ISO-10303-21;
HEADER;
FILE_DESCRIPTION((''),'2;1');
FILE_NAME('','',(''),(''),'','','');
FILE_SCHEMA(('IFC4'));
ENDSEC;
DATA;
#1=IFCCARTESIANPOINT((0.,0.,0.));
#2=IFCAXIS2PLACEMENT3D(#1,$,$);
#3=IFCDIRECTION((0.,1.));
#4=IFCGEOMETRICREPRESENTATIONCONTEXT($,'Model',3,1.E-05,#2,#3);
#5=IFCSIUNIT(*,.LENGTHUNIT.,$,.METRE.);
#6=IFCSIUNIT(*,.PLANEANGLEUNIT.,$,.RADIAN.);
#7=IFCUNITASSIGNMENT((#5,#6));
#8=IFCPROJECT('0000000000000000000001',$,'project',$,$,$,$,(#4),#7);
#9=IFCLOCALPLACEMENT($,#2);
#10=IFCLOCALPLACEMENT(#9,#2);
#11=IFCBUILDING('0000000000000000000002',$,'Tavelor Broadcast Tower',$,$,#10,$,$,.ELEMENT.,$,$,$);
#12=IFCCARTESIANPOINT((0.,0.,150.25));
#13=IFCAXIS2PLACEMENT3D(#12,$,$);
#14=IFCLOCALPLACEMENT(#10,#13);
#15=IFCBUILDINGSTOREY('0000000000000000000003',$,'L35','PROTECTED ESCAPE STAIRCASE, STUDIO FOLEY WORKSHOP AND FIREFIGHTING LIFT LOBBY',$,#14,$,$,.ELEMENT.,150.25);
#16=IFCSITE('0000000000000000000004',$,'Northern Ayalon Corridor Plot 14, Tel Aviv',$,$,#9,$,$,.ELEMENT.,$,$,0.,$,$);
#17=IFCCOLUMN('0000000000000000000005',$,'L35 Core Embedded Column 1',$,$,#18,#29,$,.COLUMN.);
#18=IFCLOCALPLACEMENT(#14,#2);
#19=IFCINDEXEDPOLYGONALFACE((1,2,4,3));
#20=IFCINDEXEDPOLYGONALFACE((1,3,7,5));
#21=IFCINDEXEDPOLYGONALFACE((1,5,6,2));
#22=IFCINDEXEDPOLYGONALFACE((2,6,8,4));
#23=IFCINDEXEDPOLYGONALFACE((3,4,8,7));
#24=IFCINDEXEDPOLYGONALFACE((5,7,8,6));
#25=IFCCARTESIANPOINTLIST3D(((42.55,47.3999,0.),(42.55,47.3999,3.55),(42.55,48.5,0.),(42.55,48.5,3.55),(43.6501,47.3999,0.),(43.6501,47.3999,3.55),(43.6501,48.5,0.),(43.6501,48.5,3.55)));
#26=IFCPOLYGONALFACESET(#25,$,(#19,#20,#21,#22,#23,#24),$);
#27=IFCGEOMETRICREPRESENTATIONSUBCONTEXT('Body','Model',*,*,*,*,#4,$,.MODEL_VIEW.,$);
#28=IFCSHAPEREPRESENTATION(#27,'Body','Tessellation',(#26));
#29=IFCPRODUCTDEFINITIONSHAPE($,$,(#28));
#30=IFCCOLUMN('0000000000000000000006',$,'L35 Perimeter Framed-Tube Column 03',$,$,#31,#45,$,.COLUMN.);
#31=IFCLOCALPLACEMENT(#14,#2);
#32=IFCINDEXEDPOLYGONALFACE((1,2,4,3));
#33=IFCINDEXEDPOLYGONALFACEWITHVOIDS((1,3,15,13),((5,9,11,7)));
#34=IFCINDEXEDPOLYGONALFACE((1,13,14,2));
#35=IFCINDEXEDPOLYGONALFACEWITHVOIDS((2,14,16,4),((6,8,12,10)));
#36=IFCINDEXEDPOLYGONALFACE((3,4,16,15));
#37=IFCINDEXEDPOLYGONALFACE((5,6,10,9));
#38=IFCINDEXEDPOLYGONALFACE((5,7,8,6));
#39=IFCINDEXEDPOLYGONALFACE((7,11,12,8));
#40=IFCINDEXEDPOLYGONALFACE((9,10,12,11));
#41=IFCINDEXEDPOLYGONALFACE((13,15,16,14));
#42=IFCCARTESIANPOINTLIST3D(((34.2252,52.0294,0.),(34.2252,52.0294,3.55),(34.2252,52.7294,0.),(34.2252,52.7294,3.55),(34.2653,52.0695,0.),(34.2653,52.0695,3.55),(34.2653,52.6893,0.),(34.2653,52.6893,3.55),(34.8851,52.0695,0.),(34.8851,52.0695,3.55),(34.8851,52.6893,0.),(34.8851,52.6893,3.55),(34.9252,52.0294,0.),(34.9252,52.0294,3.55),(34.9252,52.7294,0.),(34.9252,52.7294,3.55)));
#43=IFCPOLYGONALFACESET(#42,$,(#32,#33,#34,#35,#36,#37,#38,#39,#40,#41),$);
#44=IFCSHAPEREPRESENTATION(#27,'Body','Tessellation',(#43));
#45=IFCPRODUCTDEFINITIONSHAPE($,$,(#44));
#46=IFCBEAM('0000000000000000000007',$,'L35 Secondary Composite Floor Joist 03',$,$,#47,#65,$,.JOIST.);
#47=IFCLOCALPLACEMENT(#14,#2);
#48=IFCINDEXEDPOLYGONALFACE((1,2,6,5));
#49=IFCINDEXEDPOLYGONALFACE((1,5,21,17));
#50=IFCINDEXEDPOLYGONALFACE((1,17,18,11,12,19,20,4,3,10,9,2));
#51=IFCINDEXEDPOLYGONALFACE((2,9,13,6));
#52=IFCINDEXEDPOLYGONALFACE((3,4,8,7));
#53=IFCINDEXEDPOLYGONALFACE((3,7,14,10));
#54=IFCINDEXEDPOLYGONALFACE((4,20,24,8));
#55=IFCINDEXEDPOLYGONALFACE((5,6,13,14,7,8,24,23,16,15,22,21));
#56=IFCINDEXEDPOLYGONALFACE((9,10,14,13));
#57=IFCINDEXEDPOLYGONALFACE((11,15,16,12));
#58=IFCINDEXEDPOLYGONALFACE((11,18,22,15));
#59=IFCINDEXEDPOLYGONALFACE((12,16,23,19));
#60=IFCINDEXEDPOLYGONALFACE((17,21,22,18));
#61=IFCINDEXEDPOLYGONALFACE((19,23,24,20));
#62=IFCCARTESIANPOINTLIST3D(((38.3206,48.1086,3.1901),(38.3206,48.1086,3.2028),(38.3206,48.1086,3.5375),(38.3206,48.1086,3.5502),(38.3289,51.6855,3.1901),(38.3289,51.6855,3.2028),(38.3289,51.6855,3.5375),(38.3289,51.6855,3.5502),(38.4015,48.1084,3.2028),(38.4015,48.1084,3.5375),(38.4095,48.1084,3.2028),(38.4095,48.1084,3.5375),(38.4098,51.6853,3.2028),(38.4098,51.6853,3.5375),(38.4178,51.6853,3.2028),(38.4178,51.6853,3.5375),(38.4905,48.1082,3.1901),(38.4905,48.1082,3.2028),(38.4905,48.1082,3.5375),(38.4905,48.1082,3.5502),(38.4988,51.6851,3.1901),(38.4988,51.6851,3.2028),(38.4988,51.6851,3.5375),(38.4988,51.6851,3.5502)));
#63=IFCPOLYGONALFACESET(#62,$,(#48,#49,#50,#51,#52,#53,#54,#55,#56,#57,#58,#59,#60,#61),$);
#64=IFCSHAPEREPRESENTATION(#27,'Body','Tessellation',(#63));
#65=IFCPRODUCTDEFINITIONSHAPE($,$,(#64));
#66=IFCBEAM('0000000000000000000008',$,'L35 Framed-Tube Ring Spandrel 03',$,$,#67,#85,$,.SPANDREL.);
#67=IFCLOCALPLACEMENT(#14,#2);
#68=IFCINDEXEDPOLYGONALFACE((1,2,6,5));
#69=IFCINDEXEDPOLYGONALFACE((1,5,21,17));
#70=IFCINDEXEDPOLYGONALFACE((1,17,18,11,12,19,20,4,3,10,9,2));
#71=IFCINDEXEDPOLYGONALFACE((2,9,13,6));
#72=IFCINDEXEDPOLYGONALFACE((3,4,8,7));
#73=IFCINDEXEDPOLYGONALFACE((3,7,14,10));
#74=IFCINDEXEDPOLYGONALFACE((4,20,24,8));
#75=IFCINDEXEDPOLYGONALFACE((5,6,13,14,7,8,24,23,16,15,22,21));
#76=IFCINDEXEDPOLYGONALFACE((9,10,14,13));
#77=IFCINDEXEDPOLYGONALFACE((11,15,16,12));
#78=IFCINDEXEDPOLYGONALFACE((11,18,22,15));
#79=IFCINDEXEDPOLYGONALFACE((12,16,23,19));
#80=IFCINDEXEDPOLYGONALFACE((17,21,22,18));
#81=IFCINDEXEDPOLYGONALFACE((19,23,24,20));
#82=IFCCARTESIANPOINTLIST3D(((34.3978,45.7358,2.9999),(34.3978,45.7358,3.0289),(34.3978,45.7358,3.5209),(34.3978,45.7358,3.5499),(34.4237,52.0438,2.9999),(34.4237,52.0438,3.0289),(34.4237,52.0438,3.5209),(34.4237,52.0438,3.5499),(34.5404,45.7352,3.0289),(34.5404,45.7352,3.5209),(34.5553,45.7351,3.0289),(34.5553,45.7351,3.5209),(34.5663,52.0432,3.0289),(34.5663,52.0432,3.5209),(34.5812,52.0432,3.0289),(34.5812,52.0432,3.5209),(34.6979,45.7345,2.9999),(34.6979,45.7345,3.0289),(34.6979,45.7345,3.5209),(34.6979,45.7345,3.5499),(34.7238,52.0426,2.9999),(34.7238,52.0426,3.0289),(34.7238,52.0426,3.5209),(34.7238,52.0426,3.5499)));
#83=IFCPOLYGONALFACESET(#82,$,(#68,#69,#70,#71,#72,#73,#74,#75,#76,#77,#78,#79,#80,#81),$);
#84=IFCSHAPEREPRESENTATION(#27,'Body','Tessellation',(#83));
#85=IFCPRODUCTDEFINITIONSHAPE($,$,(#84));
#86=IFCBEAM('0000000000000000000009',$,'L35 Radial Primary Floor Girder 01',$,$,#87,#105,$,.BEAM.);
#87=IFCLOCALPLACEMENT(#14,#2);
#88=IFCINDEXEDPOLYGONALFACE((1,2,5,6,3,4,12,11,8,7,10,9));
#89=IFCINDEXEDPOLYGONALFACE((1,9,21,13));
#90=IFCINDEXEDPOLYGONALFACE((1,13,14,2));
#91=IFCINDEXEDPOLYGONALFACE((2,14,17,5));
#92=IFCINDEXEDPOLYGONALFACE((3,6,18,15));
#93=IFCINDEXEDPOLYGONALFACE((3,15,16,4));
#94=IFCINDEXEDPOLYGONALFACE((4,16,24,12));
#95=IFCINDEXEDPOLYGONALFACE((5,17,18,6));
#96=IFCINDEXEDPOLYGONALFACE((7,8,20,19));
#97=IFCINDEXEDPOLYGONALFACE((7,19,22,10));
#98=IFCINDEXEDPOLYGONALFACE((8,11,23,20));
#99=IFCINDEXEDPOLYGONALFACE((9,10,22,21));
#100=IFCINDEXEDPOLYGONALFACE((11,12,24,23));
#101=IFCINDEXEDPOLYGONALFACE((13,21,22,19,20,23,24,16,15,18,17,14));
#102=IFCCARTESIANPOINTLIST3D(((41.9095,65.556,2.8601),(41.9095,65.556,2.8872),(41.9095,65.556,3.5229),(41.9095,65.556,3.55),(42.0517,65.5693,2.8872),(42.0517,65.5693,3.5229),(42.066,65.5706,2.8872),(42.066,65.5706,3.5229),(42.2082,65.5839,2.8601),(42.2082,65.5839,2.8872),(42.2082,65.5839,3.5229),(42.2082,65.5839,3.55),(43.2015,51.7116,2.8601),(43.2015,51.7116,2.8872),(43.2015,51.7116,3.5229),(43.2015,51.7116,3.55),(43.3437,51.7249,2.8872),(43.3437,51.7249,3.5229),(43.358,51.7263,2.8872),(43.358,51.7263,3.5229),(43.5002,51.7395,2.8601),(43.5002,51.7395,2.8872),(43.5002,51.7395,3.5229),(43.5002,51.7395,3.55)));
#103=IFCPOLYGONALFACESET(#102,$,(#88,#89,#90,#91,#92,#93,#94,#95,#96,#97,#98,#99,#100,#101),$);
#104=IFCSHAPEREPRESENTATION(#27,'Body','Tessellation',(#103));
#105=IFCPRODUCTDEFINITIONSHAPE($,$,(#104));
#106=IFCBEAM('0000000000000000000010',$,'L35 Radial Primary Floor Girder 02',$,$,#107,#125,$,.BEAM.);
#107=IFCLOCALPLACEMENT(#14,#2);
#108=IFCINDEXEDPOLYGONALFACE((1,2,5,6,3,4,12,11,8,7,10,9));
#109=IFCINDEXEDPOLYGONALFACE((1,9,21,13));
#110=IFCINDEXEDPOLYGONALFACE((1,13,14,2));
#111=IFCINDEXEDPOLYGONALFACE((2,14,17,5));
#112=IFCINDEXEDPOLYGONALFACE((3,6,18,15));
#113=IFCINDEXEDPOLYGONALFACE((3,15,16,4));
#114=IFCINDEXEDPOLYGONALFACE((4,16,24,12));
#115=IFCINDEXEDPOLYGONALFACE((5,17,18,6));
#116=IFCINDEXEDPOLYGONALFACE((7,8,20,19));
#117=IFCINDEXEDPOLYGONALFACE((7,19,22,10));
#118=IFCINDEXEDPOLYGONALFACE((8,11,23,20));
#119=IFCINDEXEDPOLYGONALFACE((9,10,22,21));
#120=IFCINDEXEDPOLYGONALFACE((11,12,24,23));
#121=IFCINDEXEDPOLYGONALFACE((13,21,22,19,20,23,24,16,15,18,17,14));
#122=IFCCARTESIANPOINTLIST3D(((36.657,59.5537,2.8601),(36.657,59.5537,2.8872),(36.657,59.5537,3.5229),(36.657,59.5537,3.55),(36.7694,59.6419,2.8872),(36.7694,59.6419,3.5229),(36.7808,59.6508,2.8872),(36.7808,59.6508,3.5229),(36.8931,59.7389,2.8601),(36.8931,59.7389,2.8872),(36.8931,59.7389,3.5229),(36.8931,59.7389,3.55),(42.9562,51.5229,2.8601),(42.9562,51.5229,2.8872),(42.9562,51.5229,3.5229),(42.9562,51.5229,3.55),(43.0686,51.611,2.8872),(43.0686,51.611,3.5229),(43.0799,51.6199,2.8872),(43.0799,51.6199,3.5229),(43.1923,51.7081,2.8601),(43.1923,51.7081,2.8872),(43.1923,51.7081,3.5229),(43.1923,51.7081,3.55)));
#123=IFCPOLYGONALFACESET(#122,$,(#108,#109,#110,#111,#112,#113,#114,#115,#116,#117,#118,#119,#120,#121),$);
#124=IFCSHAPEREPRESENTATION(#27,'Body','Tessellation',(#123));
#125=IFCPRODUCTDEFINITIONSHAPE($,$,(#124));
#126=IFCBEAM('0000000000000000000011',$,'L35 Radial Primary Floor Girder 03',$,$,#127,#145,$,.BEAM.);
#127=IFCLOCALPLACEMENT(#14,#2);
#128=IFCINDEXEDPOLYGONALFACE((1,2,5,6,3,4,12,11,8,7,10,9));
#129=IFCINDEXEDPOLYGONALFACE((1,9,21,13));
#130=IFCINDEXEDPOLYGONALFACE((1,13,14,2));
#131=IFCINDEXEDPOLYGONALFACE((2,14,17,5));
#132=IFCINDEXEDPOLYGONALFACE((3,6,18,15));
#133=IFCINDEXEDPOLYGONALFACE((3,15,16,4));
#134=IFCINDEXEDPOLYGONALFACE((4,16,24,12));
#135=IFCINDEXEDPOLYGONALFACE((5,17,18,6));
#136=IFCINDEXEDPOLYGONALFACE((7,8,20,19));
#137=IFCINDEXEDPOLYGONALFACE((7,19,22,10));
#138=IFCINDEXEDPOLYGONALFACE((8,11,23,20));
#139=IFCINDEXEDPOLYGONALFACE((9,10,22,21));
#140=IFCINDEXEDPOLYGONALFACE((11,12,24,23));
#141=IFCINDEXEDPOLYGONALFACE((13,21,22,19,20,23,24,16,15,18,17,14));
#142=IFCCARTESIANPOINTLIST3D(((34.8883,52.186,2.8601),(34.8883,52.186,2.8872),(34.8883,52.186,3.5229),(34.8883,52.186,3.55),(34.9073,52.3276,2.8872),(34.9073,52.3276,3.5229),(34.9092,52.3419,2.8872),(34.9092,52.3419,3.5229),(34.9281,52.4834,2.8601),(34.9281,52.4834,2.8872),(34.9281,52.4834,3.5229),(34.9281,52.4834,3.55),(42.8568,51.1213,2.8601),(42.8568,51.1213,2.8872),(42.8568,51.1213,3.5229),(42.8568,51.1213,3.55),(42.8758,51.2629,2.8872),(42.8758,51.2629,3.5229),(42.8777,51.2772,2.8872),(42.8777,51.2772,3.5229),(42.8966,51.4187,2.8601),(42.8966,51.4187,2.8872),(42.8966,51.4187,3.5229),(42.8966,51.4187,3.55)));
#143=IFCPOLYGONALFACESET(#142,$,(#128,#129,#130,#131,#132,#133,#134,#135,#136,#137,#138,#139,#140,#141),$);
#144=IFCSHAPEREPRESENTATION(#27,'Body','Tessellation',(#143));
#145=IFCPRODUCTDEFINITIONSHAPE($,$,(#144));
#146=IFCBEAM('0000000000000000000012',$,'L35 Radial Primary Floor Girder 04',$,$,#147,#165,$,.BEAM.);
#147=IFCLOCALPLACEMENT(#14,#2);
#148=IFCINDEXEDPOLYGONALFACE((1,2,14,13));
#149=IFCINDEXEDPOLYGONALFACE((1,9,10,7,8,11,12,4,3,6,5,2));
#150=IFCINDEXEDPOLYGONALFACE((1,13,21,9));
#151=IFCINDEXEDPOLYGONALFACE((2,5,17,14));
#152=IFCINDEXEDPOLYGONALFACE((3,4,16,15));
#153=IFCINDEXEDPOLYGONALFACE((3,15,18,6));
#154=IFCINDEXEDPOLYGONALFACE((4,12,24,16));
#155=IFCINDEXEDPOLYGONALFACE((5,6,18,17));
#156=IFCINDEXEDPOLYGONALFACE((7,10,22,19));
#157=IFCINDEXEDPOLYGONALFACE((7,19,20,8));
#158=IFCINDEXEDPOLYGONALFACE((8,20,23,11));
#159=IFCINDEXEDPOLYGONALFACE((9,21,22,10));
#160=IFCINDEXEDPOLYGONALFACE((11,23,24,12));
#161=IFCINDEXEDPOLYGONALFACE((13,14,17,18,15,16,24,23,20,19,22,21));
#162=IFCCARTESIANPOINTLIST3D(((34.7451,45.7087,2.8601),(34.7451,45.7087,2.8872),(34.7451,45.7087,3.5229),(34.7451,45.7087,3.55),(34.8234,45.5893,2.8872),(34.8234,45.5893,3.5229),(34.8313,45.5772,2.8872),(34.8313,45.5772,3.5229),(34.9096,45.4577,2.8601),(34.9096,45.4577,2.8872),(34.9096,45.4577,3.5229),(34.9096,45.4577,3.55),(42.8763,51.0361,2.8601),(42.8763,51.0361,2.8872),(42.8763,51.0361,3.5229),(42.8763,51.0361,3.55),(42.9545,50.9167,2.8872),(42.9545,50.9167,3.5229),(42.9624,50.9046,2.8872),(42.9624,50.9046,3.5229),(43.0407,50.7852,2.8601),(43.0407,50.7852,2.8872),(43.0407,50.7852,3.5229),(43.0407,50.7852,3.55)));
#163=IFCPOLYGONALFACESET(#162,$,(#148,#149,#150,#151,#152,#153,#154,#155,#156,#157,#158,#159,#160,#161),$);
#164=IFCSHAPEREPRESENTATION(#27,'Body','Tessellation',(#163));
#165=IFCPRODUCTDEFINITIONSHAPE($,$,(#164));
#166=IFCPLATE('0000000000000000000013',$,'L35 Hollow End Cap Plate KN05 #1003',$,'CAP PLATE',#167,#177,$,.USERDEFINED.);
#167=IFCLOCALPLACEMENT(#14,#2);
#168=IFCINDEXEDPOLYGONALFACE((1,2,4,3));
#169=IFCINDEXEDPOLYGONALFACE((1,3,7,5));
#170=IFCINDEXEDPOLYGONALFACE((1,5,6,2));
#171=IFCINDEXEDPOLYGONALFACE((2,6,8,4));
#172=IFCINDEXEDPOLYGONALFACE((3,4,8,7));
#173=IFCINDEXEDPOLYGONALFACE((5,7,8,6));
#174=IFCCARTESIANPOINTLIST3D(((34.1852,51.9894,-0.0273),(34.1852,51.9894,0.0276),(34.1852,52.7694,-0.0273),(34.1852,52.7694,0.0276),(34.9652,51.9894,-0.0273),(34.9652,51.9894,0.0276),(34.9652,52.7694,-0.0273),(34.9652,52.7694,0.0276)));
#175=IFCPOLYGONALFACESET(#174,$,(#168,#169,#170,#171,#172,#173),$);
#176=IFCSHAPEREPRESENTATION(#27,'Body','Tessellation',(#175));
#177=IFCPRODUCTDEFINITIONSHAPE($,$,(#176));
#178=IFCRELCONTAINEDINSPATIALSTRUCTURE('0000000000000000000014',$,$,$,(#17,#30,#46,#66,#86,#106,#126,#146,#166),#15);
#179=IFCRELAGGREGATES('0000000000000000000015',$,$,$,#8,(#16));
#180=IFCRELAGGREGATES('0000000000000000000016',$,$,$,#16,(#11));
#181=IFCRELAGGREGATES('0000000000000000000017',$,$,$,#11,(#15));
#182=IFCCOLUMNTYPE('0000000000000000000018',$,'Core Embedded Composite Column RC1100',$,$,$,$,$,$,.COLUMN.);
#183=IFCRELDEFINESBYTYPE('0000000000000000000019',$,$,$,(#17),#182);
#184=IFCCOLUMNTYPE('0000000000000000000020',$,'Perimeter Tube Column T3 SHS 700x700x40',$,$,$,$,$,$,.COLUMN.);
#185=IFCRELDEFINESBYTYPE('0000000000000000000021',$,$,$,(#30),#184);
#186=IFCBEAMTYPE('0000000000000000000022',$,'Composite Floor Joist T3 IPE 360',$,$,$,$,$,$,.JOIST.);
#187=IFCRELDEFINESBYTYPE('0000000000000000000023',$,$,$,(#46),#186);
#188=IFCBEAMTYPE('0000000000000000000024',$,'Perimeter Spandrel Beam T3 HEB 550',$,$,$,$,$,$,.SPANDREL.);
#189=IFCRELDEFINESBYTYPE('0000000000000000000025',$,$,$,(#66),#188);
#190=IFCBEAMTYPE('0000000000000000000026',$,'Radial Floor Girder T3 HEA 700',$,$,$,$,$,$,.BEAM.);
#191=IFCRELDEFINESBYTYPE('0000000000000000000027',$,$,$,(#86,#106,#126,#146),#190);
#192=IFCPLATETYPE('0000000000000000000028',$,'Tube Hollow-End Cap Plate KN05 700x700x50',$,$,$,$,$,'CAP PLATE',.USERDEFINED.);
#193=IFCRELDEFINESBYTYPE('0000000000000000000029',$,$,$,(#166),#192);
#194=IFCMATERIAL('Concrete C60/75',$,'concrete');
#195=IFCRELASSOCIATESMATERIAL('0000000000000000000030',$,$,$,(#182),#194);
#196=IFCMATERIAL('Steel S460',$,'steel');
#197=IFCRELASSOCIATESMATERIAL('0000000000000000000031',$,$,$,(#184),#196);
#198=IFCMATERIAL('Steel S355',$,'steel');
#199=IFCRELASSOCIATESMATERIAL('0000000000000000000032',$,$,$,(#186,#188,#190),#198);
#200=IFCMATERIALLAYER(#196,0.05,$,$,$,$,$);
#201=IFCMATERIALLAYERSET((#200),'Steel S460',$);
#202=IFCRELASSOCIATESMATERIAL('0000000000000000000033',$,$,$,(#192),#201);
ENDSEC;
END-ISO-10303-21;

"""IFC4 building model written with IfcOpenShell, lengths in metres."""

from ifc_helpers import new_model, si_unit, direction, frame, origin, origin_2d, place, context, subcontext, project, spatial, rectangle, hollow_rectangle, i_section, extrude, source, transform, mapped, material, layer, layer_set, material_profile, profile_set, type_object, type_shapes, element, save


model = new_model("IFC4")

# Units and contexts
model_context = context("Model", 3, precision=1e-05, world=origin(), true_north=direction((0.0, 1.0)))
body_context = subcontext(model_context, "Body", "Model", "MODEL_VIEW")
ifc_project = project(units=[si_unit("LENGTHUNIT", "METRE"), si_unit("PLANEANGLEUNIT", "RADIAN")], contexts=[model_context])

# Site, building, storey
site_placement = place(None, origin())
site = spatial("IfcSite", under=ifc_project, at=site_placement, Name="Northern Ayalon Corridor Plot 14, Tel Aviv", CompositionType="ELEMENT", RefElevation=0.0)
building_placement = place(site_placement, origin())
building = spatial("IfcBuilding", under=site, at=building_placement, Name="Tavelor Broadcast Tower", CompositionType="ELEMENT")
storey_placement = place(building_placement, frame((0.0, 0.0, 150.25)))
storey = spatial("IfcBuildingStorey", under=building, at=storey_placement, Name="L35", Description="PROTECTED ESCAPE STAIRCASE, STUDIO FOLEY WORKSHOP AND FIREFIGHTING LIFT LOBBY", CompositionType="ELEMENT", Elevation=150.25)

# Columns
ifc_material_1 = material(Name="Concrete C60/75", Category="concrete")
ifc_material_profile_1 = material_profile(ifc_material_1, rectangle(XDim=1.1001, YDim=1.1001, at=origin_2d()), Name="RC 1100x1100")
ifc_profile_set_1 = profile_set([ifc_material_profile_1], Name="Concrete C60/75")
column_type_1 = type_object("IfcColumnType", Name="Core Embedded Composite Column RC1100", PredefinedType="COLUMN", material=ifc_profile_set_1)
column_1_placement = place(storey_placement, frame((43.1001, 47.95, 0.0), z_axis=(0.0, 0.0, 1.0), x_axis=(1.0, 0.0, 0.0)))
element("IfcColumn", 1, at=column_1_placement, inside=storey, type_object=column_type_1, Name="L35 Core Embedded Column 1", PredefinedType="COLUMN", context=body_context, shape_type="SweptSolid", body=[
    extrude(rectangle(XDim=1.1001, YDim=1.1001, at=origin_2d()), origin(), (0.0, 0.0, 1.0), 3.55),
])
ifc_material_2 = material(Name="Steel S460", Category="steel")
ifc_material_profile_2 = material_profile(ifc_material_2, hollow_rectangle(XDim=0.7, YDim=0.7, WallThickness=0.04, at=origin_2d()), Name="SHS 700x700x40")
ifc_profile_set_2 = profile_set([ifc_material_profile_2], Name="Steel S460")
column_type_2 = type_object("IfcColumnType", Name="Perimeter Tube Column T3 SHS 700x700x40", PredefinedType="COLUMN", material=ifc_profile_set_2)
column_2_placement = place(storey_placement, frame((34.5752, 52.3794, 0.0), z_axis=(0.0, 0.0, 1.0), x_axis=(1.0, 0.0, 0.0)))
element("IfcColumn", 2, at=column_2_placement, inside=storey, type_object=column_type_2, Name="L35 Perimeter Framed-Tube Column 03", PredefinedType="COLUMN", context=body_context, shape_type="SweptSolid", body=[
    extrude(hollow_rectangle(XDim=0.7, YDim=0.7, WallThickness=0.04, at=origin_2d()), origin(), (0.0, 0.0, 1.0), 3.55),
])

# Beams
ifc_material_3 = material(Name="Steel S355", Category="steel")
ifc_material_profile_3 = material_profile(ifc_material_3, i_section(OverallWidth=0.1699, OverallDepth=0.3601, WebThickness=0.0081, FlangeThickness=0.0127, at=origin_2d()), Name="IPE 360")
ifc_profile_set_3 = profile_set([ifc_material_profile_3], Name="Steel S355")
beam_type_1 = type_object("IfcBeamType", Name="Composite Floor Joist T3 IPE 360", PredefinedType="JOIST", material=ifc_profile_set_3)
beam_1_placement = place(storey_placement, frame((38.4138, 51.6853, 3.3701), z_axis=(-0.002321, -0.999997, 0.0), x_axis=(0.999997, -0.002321, 0.0)))
element("IfcBeam", 3, at=beam_1_placement, inside=storey, type_object=beam_type_1, Name="L35 Secondary Composite Floor Joist 03", PredefinedType="JOIST", context=body_context, shape_type="SweptSolid", body=[
    extrude(i_section(OverallWidth=0.1699, OverallDepth=0.3601, WebThickness=0.0081, FlangeThickness=0.0127, at=origin_2d()), origin(), (0.0, 0.0, 1.0), 3.5769),
])
ifc_material_profile_4 = material_profile(ifc_material_3, i_section(OverallWidth=0.3, OverallDepth=0.55, WebThickness=0.0149, FlangeThickness=0.0291, at=origin_2d()), Name="HEB 550")
ifc_profile_set_4 = profile_set([ifc_material_profile_4], Name="Steel S355")
beam_type_2 = type_object("IfcBeamType", Name="Perimeter Spandrel Beam T3 HEB 550", PredefinedType="SPANDREL", material=ifc_profile_set_4)
beam_2_placement = place(storey_placement, frame((34.5737, 52.0432, 3.2749), z_axis=(-0.004102, -0.999992, 0.0), x_axis=(0.999992, -0.004102, 0.0)))
element("IfcBeam", 4, at=beam_2_placement, inside=storey, type_object=beam_type_2, Name="L35 Framed-Tube Ring Spandrel 03", PredefinedType="SPANDREL", context=body_context, shape_type="SweptSolid", body=[
    extrude(i_section(OverallWidth=0.3, OverallDepth=0.55, WebThickness=0.0149, FlangeThickness=0.0291, at=origin_2d()), origin(), (0.0, 0.0, 1.0), 6.3081),
])
ifc_material_profile_5 = material_profile(ifc_material_3, i_section(OverallWidth=0.3, OverallDepth=0.6899, WebThickness=0.0144, FlangeThickness=0.0271, at=origin_2d()), Name="HEA 700")
ifc_profile_set_5 = profile_set([ifc_material_profile_5], Name="Steel S355")
beam_type_3 = type_object("IfcBeamType", Name="Radial Floor Girder T3 HEA 700", PredefinedType="BEAM", material=ifc_profile_set_5)
beam_3_placement = place(storey_placement, frame((43.3508, 51.7256, 3.2051), z_axis=(-0.092918, 0.995674, 0.0), x_axis=(-0.995674, -0.092918, 0.0)))
element("IfcBeam", 5, at=beam_3_placement, inside=storey, type_object=beam_type_3, Name="L35 Radial Primary Floor Girder 01", PredefinedType="BEAM", context=body_context, shape_type="SweptSolid", body=[
    extrude(i_section(OverallWidth=0.3, OverallDepth=0.6899, WebThickness=0.0144, FlangeThickness=0.0271, at=origin_2d()), origin(), (0.0, 0.0, 1.0), 13.9045),
])
beam_4_placement = place(storey_placement, frame((43.0742, 51.6155, 3.2051), z_axis=(-0.617166, 0.786833, 0.0), x_axis=(-0.786833, -0.617166, 0.0)))
element("IfcBeam", 6, at=beam_4_placement, inside=storey, type_object=beam_type_3, Name="L35 Radial Primary Floor Girder 02", PredefinedType="BEAM", context=body_context, shape_type="SweptSolid", body=[
    extrude(i_section(OverallWidth=0.3, OverallDepth=0.6899, WebThickness=0.0144, FlangeThickness=0.0271, at=origin_2d()), origin(), (0.0, 0.0, 1.0), 10.2065),
])
beam_5_placement = place(storey_placement, frame((42.8767, 51.27, 3.2051), z_axis=(-0.991192, 0.132436, 0.0), x_axis=(-0.132436, -0.991192, 0.0)))
element("IfcBeam", 7, at=beam_5_placement, inside=storey, type_object=beam_type_3, Name="L35 Radial Primary Floor Girder 03", PredefinedType="BEAM", context=body_context, shape_type="SweptSolid", body=[
    extrude(i_section(OverallWidth=0.3, OverallDepth=0.6899, WebThickness=0.0144, FlangeThickness=0.0271, at=origin_2d()), origin(), (0.0, 0.0, 1.0), 8.0393),
])
beam_6_placement = place(storey_placement, frame((42.9585, 50.9106, 3.2051), z_axis=(-0.836456, -0.548035, 0.0), x_axis=(0.548035, -0.836456, 0.0)))
element("IfcBeam", 8, at=beam_6_placement, inside=storey, type_object=beam_type_3, Name="L35 Radial Primary Floor Girder 04", PredefinedType="BEAM", context=body_context, shape_type="SweptSolid", body=[
    extrude(i_section(OverallWidth=0.3, OverallDepth=0.6899, WebThickness=0.0144, FlangeThickness=0.0271, at=origin_2d()), origin(), (0.0, 0.0, 1.0), 9.7209),
])

# Plate
ifc_layer_1 = layer(ifc_material_2, 0.05)
ifc_layer_set_1 = layer_set([ifc_layer_1], Name="Steel S460")
plate_type_1 = type_object("IfcPlateType", Name="Tube Hollow-End Cap Plate KN05 700x700x50", ElementType="CAP PLATE", PredefinedType="USERDEFINED", material=ifc_layer_set_1)
shared_shape_1 = source(origin(), body_context, "Body", "SweptSolid", [
    extrude(rectangle(XDim=0.78, YDim=0.78, at=origin_2d()), origin(), (0.0, 0.0, 1.0), 0.0549),
])
type_shapes(plate_type_1, [shared_shape_1])
for number, where, z_axis, x_axis, name in (
    (9, (34.5752, 52.3794, -0.0273), (0.0, 0.0, 1.0), (1.0, 0.0, 0.0), "L35 Hollow End Cap Plate KN05 #1003"),
):
    element("IfcPlate", number, at=place(storey_placement, frame(where, z_axis=z_axis, x_axis=x_axis)), inside=storey, type_object=plate_type_1, Name=name, ObjectType="CAP PLATE", PredefinedType="USERDEFINED", context=body_context, shape_type="MappedRepresentation", body=[
        mapped(shared_shape_1, transform((0.0, 0.0, 0.0), scale=1.0)),
    ])

save(model, "model.ifc")
